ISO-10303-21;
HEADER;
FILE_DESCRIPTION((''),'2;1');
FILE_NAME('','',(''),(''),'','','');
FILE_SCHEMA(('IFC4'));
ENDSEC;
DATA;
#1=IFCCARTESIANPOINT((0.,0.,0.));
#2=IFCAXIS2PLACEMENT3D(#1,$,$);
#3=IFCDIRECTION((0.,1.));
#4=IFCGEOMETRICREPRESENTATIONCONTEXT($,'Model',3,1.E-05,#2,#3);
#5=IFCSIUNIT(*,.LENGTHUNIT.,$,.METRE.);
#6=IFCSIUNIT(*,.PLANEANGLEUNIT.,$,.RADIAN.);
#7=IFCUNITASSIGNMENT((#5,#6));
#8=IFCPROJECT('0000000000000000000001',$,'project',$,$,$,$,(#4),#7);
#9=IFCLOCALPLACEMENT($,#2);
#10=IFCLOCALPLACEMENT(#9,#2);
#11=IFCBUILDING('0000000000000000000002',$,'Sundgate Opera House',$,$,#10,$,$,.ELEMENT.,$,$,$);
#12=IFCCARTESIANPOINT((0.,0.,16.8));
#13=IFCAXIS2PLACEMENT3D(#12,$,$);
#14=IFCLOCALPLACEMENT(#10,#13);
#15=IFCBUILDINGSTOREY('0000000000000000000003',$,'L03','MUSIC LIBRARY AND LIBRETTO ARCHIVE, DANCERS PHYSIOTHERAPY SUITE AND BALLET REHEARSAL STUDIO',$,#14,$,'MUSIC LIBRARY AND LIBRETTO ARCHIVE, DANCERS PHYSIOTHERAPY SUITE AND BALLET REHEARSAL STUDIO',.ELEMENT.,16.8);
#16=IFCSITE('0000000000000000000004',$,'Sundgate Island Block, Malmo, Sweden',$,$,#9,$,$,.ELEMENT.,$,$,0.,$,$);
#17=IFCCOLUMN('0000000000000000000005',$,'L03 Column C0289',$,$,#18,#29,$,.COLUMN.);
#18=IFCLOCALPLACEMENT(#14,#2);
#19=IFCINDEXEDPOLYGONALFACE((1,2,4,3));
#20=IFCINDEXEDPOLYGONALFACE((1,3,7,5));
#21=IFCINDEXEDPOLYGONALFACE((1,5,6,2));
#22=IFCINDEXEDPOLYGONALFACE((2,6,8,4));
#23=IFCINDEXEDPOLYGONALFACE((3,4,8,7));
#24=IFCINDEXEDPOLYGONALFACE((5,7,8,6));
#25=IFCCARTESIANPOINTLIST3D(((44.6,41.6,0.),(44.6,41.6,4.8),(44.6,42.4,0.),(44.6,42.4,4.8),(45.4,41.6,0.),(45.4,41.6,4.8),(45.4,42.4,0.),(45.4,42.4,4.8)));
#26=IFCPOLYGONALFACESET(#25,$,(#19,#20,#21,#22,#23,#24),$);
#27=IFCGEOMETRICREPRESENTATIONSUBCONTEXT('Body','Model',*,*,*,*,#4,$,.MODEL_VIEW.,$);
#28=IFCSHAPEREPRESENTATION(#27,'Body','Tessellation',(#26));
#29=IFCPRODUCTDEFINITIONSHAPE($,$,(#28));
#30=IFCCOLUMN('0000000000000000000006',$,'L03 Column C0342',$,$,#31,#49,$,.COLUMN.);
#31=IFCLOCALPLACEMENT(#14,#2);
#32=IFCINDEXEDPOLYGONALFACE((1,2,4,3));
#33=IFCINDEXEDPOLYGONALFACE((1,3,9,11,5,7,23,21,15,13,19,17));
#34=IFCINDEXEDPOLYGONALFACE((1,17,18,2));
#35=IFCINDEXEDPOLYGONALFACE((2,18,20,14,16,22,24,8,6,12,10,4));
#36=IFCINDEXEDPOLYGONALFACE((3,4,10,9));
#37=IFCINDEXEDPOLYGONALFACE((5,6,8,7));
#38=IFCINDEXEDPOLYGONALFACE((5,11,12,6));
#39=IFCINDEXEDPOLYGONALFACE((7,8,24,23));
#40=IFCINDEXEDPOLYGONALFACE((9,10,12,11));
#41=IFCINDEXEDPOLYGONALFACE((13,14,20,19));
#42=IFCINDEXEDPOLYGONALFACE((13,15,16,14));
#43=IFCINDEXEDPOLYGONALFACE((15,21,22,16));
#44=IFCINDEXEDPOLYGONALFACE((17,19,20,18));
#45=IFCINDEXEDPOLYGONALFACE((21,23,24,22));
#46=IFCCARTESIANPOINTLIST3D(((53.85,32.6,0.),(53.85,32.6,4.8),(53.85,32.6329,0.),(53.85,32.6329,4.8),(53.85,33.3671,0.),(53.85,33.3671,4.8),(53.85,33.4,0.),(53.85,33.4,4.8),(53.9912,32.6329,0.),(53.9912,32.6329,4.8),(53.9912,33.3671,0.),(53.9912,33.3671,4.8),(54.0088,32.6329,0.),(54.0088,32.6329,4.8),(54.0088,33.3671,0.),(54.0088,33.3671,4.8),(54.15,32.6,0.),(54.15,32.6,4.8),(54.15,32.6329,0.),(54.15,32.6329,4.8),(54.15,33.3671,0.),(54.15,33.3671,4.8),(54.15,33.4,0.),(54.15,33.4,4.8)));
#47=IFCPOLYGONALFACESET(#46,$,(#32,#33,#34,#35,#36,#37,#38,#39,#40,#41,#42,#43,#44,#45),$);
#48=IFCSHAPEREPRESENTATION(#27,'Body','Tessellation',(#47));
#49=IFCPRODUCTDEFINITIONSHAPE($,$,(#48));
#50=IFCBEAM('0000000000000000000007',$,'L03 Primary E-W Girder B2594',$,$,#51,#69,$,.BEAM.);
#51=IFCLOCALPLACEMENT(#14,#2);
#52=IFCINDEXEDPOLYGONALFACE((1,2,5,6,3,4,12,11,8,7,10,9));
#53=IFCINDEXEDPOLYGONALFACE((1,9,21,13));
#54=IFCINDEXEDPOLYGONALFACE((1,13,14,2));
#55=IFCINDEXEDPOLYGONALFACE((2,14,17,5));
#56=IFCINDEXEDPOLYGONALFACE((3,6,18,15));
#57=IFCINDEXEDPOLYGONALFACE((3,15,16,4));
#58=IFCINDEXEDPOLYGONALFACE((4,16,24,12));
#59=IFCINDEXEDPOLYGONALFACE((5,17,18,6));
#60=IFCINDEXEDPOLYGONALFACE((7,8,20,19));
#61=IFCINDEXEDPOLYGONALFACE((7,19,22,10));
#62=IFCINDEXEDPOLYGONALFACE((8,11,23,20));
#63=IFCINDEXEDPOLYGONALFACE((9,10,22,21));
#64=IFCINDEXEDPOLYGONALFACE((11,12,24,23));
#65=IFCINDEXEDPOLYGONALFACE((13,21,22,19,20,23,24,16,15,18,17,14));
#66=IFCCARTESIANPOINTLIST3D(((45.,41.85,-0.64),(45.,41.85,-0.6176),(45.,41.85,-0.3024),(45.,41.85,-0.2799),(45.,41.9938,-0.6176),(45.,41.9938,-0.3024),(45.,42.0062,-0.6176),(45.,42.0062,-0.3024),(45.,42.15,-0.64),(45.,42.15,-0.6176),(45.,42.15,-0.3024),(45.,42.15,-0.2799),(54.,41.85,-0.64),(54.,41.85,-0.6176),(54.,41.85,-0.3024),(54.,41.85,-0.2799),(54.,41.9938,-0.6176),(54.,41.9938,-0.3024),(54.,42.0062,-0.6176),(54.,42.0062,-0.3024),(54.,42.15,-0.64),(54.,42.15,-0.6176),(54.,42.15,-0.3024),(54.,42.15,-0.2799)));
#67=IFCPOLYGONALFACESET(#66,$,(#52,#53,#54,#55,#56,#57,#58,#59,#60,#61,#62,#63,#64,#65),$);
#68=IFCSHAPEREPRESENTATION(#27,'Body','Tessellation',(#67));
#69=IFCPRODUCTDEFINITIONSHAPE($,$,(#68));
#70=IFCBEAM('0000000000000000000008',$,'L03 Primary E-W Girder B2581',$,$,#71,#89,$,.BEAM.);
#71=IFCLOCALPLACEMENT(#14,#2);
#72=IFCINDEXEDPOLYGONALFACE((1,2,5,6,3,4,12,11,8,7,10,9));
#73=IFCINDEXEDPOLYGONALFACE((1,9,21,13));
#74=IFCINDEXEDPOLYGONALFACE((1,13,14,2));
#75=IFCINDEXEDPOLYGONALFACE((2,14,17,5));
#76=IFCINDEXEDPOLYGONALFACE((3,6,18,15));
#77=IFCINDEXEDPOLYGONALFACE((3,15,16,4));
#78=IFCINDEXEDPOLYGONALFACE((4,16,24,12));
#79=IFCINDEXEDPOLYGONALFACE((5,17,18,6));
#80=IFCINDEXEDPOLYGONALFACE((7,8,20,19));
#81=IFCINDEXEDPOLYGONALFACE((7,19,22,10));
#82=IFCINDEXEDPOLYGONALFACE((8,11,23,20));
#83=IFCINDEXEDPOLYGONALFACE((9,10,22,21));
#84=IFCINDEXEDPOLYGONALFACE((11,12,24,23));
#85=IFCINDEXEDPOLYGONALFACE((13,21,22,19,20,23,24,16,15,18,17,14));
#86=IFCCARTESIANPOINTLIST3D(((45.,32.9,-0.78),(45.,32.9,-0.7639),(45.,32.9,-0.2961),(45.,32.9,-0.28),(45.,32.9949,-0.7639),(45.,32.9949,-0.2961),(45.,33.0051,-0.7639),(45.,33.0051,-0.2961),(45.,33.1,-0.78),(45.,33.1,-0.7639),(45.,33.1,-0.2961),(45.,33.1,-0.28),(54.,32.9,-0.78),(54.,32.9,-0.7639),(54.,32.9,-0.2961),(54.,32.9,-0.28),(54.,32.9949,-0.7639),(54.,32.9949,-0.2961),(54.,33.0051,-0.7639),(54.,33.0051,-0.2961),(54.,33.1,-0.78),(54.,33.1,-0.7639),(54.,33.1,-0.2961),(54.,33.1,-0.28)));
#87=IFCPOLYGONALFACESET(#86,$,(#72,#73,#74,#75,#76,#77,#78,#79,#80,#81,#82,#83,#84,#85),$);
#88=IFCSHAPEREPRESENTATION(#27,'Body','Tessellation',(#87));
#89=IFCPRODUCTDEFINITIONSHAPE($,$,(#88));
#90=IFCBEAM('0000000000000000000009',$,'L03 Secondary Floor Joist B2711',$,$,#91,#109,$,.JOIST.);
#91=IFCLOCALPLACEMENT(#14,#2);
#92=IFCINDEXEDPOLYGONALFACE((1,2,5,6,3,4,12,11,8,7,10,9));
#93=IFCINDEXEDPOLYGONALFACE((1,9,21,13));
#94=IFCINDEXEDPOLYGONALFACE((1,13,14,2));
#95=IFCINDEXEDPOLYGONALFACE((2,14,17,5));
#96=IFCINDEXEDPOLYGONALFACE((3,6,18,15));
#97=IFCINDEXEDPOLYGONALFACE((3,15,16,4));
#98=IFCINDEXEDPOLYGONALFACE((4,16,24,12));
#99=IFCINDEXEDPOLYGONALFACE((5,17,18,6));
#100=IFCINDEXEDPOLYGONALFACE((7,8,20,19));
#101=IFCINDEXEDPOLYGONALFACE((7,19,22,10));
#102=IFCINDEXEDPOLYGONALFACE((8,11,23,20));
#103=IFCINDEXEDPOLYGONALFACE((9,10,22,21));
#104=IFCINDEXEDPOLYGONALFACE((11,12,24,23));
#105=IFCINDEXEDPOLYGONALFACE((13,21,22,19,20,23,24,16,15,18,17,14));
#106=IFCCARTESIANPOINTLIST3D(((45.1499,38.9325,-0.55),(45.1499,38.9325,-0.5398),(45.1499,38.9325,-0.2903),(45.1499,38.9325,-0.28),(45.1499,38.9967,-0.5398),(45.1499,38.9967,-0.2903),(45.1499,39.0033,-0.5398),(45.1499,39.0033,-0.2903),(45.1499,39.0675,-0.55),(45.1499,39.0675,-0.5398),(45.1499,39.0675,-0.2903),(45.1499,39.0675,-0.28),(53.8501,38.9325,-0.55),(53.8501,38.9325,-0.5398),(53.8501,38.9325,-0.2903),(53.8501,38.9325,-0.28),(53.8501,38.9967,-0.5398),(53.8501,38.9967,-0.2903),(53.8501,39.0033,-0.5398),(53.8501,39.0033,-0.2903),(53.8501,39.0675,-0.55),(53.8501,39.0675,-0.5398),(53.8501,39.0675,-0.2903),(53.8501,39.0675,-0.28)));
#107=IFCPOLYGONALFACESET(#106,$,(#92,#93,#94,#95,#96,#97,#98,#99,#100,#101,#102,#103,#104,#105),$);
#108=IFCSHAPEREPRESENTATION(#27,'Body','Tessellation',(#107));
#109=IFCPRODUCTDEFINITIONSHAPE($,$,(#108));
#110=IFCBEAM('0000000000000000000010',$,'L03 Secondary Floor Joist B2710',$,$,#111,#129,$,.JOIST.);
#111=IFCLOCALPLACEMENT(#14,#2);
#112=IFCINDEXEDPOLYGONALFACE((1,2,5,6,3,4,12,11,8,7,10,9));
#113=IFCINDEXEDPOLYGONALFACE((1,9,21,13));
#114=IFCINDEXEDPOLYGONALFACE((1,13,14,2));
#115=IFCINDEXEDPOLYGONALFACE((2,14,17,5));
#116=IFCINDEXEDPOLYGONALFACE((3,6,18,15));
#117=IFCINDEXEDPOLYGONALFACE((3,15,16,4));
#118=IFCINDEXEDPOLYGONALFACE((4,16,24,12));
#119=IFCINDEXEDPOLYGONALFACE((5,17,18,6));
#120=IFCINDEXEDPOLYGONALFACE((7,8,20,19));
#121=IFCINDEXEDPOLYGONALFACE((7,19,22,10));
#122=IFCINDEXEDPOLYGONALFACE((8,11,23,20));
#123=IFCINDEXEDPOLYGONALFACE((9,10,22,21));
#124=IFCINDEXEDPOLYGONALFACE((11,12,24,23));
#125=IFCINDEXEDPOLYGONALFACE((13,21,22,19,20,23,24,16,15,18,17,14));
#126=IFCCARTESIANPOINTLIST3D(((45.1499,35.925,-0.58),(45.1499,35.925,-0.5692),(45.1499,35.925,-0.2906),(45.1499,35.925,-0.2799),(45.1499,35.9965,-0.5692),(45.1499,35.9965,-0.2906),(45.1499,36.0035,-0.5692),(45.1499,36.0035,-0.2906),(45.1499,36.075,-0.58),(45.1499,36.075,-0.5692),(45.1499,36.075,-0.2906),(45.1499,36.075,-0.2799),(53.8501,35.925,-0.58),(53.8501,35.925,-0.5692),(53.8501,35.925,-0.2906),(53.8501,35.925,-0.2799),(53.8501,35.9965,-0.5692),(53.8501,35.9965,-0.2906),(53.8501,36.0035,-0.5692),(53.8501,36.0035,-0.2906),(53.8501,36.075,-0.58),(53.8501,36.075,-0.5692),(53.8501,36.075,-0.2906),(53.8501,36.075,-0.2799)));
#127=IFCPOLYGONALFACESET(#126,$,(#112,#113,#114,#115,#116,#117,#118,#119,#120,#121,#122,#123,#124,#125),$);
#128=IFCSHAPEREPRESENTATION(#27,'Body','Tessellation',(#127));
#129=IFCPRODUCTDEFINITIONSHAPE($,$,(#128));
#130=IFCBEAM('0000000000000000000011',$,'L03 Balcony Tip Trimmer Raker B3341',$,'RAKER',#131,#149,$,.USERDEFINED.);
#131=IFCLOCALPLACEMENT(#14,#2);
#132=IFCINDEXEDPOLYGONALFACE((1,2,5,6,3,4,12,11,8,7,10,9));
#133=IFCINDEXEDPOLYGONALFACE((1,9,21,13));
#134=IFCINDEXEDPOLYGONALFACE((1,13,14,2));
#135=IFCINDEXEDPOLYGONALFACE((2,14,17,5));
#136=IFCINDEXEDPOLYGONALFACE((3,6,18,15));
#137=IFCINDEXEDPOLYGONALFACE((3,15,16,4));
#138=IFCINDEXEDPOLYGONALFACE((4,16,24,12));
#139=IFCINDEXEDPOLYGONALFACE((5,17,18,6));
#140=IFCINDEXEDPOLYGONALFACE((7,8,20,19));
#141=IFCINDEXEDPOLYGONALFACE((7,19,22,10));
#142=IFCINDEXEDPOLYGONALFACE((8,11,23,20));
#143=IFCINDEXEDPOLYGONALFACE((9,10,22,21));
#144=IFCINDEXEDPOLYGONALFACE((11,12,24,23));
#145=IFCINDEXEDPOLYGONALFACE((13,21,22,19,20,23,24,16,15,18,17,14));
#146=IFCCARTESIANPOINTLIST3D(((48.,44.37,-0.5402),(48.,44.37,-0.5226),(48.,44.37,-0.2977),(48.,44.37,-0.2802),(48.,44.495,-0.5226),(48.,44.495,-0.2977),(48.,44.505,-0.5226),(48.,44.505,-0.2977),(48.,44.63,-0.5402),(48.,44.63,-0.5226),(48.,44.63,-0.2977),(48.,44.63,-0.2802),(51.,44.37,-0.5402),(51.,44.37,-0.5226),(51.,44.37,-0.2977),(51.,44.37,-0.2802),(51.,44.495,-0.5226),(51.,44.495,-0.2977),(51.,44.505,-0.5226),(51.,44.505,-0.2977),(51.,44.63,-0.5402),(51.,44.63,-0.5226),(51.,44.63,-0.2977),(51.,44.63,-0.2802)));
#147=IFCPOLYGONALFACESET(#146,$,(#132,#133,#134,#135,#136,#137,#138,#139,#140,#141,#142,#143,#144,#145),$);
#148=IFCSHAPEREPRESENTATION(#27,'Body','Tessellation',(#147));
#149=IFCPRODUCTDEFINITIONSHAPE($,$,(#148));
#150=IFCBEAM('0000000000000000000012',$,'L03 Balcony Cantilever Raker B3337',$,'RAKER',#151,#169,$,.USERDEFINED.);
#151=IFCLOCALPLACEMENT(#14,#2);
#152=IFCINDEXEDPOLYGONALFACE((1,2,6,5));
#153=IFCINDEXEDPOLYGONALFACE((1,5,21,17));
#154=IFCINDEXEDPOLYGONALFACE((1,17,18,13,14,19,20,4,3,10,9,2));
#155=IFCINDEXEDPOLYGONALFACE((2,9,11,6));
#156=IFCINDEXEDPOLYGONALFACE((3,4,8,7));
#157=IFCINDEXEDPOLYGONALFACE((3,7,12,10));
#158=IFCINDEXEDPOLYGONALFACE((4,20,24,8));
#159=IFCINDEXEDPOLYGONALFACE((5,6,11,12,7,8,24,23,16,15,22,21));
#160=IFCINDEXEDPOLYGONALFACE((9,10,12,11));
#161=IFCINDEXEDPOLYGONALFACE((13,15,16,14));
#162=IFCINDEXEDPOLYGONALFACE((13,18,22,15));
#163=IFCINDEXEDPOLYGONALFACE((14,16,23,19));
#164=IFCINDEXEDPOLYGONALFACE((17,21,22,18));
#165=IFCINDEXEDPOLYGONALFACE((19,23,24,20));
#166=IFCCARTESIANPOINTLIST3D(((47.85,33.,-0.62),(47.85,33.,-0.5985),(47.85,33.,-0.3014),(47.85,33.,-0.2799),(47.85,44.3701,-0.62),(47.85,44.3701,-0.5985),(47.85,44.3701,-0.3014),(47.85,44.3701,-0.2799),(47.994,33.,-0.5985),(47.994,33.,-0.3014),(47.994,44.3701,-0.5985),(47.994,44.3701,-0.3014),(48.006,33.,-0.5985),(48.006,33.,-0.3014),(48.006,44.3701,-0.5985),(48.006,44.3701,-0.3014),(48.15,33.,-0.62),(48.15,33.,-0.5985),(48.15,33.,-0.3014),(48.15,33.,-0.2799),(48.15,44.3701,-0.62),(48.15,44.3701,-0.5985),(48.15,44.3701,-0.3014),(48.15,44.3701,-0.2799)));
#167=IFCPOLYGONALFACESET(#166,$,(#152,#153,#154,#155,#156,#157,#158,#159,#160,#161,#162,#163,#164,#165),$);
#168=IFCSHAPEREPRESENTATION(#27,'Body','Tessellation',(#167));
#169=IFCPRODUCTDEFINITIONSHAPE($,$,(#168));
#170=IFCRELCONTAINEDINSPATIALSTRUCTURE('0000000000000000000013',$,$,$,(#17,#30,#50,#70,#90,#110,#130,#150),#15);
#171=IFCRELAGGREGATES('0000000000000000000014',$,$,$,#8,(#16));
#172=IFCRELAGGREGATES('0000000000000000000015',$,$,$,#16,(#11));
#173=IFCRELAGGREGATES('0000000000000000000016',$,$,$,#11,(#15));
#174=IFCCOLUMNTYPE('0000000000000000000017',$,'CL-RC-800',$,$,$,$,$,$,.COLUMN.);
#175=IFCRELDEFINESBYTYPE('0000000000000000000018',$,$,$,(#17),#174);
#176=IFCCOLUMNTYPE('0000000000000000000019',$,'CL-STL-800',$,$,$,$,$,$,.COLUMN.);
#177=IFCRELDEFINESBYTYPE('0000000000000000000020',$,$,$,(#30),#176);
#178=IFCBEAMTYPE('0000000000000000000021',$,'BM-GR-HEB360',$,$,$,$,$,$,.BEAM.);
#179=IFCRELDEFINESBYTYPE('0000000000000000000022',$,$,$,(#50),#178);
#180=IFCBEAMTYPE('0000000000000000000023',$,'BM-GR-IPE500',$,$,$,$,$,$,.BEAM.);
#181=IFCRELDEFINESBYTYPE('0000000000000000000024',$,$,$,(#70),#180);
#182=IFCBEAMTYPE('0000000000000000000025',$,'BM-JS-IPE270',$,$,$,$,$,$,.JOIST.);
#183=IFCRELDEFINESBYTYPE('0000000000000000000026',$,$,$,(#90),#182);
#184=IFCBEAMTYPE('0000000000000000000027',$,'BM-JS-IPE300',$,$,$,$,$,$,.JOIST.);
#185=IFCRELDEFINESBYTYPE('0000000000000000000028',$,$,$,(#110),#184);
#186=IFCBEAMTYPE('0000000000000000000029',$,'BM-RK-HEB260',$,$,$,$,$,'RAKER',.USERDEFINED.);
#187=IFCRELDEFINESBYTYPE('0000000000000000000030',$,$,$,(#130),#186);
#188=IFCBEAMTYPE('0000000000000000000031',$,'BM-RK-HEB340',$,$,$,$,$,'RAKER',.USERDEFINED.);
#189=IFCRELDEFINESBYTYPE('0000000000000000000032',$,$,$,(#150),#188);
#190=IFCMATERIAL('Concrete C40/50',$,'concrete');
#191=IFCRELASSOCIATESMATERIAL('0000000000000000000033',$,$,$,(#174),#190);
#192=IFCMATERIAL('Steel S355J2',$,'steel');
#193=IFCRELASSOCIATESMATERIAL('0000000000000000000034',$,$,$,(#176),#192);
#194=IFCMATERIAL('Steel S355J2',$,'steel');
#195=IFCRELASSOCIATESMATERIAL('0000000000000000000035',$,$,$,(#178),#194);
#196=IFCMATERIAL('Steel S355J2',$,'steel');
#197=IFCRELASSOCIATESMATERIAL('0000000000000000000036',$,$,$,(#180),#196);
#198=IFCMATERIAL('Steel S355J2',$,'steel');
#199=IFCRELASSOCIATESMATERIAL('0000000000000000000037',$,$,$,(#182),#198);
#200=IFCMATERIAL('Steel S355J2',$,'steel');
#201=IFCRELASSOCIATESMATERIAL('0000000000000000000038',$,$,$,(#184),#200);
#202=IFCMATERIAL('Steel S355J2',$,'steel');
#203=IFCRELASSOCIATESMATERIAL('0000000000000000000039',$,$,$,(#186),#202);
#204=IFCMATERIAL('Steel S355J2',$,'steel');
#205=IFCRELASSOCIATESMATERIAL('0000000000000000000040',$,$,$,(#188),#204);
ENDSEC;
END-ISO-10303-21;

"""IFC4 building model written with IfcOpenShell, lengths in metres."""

from ifc_helpers import new_model, si_unit, direction, frame, origin, origin_2d, place, context, subcontext, project, spatial, rectangle, i_section, extrude, material, material_profile, profile_set, type_object, element, save


model = new_model("IFC4")

# Units and contexts
model_context = context("Model", 3, precision=1e-05, world=origin(), true_north=direction((0.0, 1.0)))
body_context = subcontext(model_context, "Body", "Model", "MODEL_VIEW")
ifc_project = project(units=[si_unit("LENGTHUNIT", "METRE"), si_unit("PLANEANGLEUNIT", "RADIAN")], contexts=[model_context])

# Site, building, storey
site_placement = place(None, origin())
site = spatial("IfcSite", under=ifc_project, at=site_placement, Name="Sundgate Island Block, Malmo, Sweden", CompositionType="ELEMENT", RefElevation=0.0)
building_placement = place(site_placement, origin())
building = spatial("IfcBuilding", under=site, at=building_placement, Name="Sundgate Opera House", CompositionType="ELEMENT")
storey_placement = place(building_placement, frame((0.0, 0.0, 16.8)))
storey = spatial("IfcBuildingStorey", under=building, at=storey_placement, Name="L03", Description="MUSIC LIBRARY AND LIBRETTO ARCHIVE, DANCERS PHYSIOTHERAPY SUITE AND BALLET REHEARSAL STUDIO", LongName="MUSIC LIBRARY AND LIBRETTO ARCHIVE, DANCERS PHYSIOTHERAPY SUITE AND BALLET REHEARSAL STUDIO", CompositionType="ELEMENT", Elevation=16.8)

# Columns
ifc_material_1 = material(Name="Concrete C40/50", Category="concrete")
ifc_material_profile_1 = material_profile(ifc_material_1, rectangle(XDim=0.8, YDim=0.8, at=origin_2d()), Name="RC 800x800")
ifc_profile_set_1 = profile_set([ifc_material_profile_1], Name="Concrete C40/50")
column_type_1 = type_object("IfcColumnType", Name="CL-RC-800", PredefinedType="COLUMN", material=ifc_profile_set_1)
column_1_placement = place(storey_placement, frame((45.0, 42.0, 0.0), z_axis=(0.0, 0.0, 1.0), x_axis=(1.0, 0.0, 0.0)))
element("IfcColumn", 1, at=column_1_placement, inside=storey, type_object=column_type_1, Name="L03 Column C0289", PredefinedType="COLUMN", context=body_context, shape_type="SweptSolid", body=[
    extrude(rectangle(XDim=0.8, YDim=0.8, at=origin_2d()), origin(), (0.0, 0.0, 1.0), 4.8),
])
ifc_material_2 = material(Name="Steel S355J2", Category="steel")
ifc_material_profile_2 = material_profile(ifc_material_2, i_section(OverallWidth=0.3, OverallDepth=0.8, WebThickness=0.0176, FlangeThickness=0.033, at=origin_2d()), Name="HEB 800")
ifc_profile_set_2 = profile_set([ifc_material_profile_2], Name="Steel S355J2")
column_type_2 = type_object("IfcColumnType", Name="CL-STL-800", PredefinedType="COLUMN", material=ifc_profile_set_2)
column_2_placement = place(storey_placement, frame((54.0, 33.0, 0.0), z_axis=(0.0, 0.0, 1.0), x_axis=(1.0, 0.0, 0.0)))
element("IfcColumn", 2, at=column_2_placement, inside=storey, type_object=column_type_2, Name="L03 Column C0342", PredefinedType="COLUMN", context=body_context, shape_type="SweptSolid", body=[
    extrude(i_section(OverallWidth=0.3, OverallDepth=0.8, WebThickness=0.0176, FlangeThickness=0.033, at=origin_2d()), origin(), (0.0, 0.0, 1.0), 4.8),
])

# Beams
ifc_material_3 = material(Name="Steel S355J2", Category="steel")
ifc_material_profile_3 = material_profile(ifc_material_3, i_section(OverallWidth=0.3, OverallDepth=0.3601, WebThickness=0.0125, FlangeThickness=0.0225, at=origin_2d()), Name="HEB 360")
ifc_profile_set_3 = profile_set([ifc_material_profile_3], Name="Steel S355J2")
beam_type_1 = type_object("IfcBeamType", Name="BM-GR-HEB360", PredefinedType="BEAM", material=ifc_profile_set_3)
beam_1_placement = place(storey_placement, frame((45.0, 42.0, -0.46), z_axis=(1.0, 0.0, 0.0), x_axis=(0.0, 1.0, 0.0)))
element("IfcBeam", 3, at=beam_1_placement, inside=storey, type_object=beam_type_1, Name="L03 Primary E-W Girder B2594", PredefinedType="BEAM", context=body_context, shape_type="SweptSolid", body=[
    extrude(i_section(OverallWidth=0.3, OverallDepth=0.3601, WebThickness=0.0125, FlangeThickness=0.0225, at=origin_2d()), origin(), (0.0, 0.0, 1.0), 9.0),
])
ifc_material_4 = material(Name="Steel S355J2", Category="steel")
ifc_material_profile_4 = material_profile(ifc_material_4, i_section(OverallWidth=0.2, OverallDepth=0.5, WebThickness=0.0103, FlangeThickness=0.0161, at=origin_2d()), Name="IPE 500")
ifc_profile_set_4 = profile_set([ifc_material_profile_4], Name="Steel S355J2")
beam_type_2 = type_object("IfcBeamType", Name="BM-GR-IPE500", PredefinedType="BEAM", material=ifc_profile_set_4)
beam_2_placement = place(storey_placement, frame((45.0, 33.0, -0.53), z_axis=(1.0, 0.0, 0.0), x_axis=(0.0, 1.0, 0.0)))
element("IfcBeam", 4, at=beam_2_placement, inside=storey, type_object=beam_type_2, Name="L03 Primary E-W Girder B2581", PredefinedType="BEAM", context=body_context, shape_type="SweptSolid", body=[
    extrude(i_section(OverallWidth=0.2, OverallDepth=0.5, WebThickness=0.0103, FlangeThickness=0.0161, at=origin_2d()), origin(), (0.0, 0.0, 1.0), 9.0),
])
ifc_material_5 = material(Name="Steel S355J2", Category="steel")
ifc_material_profile_5 = material_profile(ifc_material_5, i_section(OverallWidth=0.135, OverallDepth=0.27, WebThickness=0.0066, FlangeThickness=0.0103, at=origin_2d()), Name="IPE 270")
ifc_profile_set_5 = profile_set([ifc_material_profile_5], Name="Steel S355J2")
beam_type_3 = type_object("IfcBeamType", Name="BM-JS-IPE270", PredefinedType="JOIST", material=ifc_profile_set_5)
beam_3_placement = place(storey_placement, frame((45.1499, 39.0, -0.415), z_axis=(1.0, 0.0, 0.0), x_axis=(0.0, 1.0, 0.0)))
element("IfcBeam", 5, at=beam_3_placement, inside=storey, type_object=beam_type_3, Name="L03 Secondary Floor Joist B2711", PredefinedType="JOIST", context=body_context, shape_type="SweptSolid", body=[
    extrude(i_section(OverallWidth=0.135, OverallDepth=0.27, WebThickness=0.0066, FlangeThickness=0.0103, at=origin_2d()), origin(), (0.0, 0.0, 1.0), 8.7002),
])
ifc_material_6 = material(Name="Steel S355J2", Category="steel")
ifc_material_profile_6 = material_profile(ifc_material_6, i_section(OverallWidth=0.1499, OverallDepth=0.3, WebThickness=0.0071, FlangeThickness=0.0107, at=origin_2d()), Name="IPE 300")
ifc_profile_set_6 = profile_set([ifc_material_profile_6], Name="Steel S355J2")
beam_type_4 = type_object("IfcBeamType", Name="BM-JS-IPE300", PredefinedType="JOIST", material=ifc_profile_set_6)
beam_4_placement = place(storey_placement, frame((45.1499, 36.0, -0.4299), z_axis=(1.0, 0.0, 0.0), x_axis=(0.0, 1.0, 0.0)))
element("IfcBeam", 6, at=beam_4_placement, inside=storey, type_object=beam_type_4, Name="L03 Secondary Floor Joist B2710", PredefinedType="JOIST", context=body_context, shape_type="SweptSolid", body=[
    extrude(i_section(OverallWidth=0.1499, OverallDepth=0.3, WebThickness=0.0071, FlangeThickness=0.0107, at=origin_2d()), origin(), (0.0, 0.0, 1.0), 8.7002),
])
ifc_material_7 = material(Name="Steel S355J2", Category="steel")
ifc_material_profile_7 = material_profile(ifc_material_7, i_section(OverallWidth=0.26, OverallDepth=0.26, WebThickness=0.01, FlangeThickness=0.0176, at=origin_2d()), Name="HEB 260")
ifc_profile_set_7 = profile_set([ifc_material_profile_7], Name="Steel S355J2")
beam_type_5 = type_object("IfcBeamType", Name="BM-RK-HEB260", ElementType="RAKER", PredefinedType="USERDEFINED", material=ifc_profile_set_7)
beam_5_placement = place(storey_placement, frame((48.0, 44.5, -0.4102), z_axis=(1.0, 0.0, 0.0), x_axis=(0.0, 1.0, 0.0)))
element("IfcBeam", 7, at=beam_5_placement, inside=storey, type_object=beam_type_5, Name="L03 Balcony Tip Trimmer Raker B3341", ObjectType="RAKER", PredefinedType="USERDEFINED", context=body_context, shape_type="SweptSolid", body=[
    extrude(i_section(OverallWidth=0.26, OverallDepth=0.26, WebThickness=0.01, FlangeThickness=0.0176, at=origin_2d()), origin(), (0.0, 0.0, 1.0), 3.0),
])
ifc_material_8 = material(Name="Steel S355J2", Category="steel")
ifc_material_profile_8 = material_profile(ifc_material_8, i_section(OverallWidth=0.3, OverallDepth=0.3401, WebThickness=0.012, FlangeThickness=0.0215, at=origin_2d()), Name="HEB 340")
ifc_profile_set_8 = profile_set([ifc_material_profile_8], Name="Steel S355J2")
beam_type_6 = type_object("IfcBeamType", Name="BM-RK-HEB340", ElementType="RAKER", PredefinedType="USERDEFINED", material=ifc_profile_set_8)
for number, where, z_axis, x_axis, name in (
    (8, (48.0, 33.0, -0.45), (0.0, 1.0, 0.0), (-1.0, 0.0, 0.0), "L03 Balcony Cantilever Raker B3337"),
):
    element("IfcBeam", number, at=place(storey_placement, frame(where, z_axis=z_axis, x_axis=x_axis)), inside=storey, type_object=beam_type_6, Name=name, ObjectType="RAKER", PredefinedType="USERDEFINED", context=body_context, shape_type="SweptSolid", body=[
        extrude(i_section(OverallWidth=0.3, OverallDepth=0.3401, WebThickness=0.012, FlangeThickness=0.0215, at=origin_2d()), origin(), (0.0, 0.0, 1.0), 11.3701),
    ])

save(model, "model.ifc")
